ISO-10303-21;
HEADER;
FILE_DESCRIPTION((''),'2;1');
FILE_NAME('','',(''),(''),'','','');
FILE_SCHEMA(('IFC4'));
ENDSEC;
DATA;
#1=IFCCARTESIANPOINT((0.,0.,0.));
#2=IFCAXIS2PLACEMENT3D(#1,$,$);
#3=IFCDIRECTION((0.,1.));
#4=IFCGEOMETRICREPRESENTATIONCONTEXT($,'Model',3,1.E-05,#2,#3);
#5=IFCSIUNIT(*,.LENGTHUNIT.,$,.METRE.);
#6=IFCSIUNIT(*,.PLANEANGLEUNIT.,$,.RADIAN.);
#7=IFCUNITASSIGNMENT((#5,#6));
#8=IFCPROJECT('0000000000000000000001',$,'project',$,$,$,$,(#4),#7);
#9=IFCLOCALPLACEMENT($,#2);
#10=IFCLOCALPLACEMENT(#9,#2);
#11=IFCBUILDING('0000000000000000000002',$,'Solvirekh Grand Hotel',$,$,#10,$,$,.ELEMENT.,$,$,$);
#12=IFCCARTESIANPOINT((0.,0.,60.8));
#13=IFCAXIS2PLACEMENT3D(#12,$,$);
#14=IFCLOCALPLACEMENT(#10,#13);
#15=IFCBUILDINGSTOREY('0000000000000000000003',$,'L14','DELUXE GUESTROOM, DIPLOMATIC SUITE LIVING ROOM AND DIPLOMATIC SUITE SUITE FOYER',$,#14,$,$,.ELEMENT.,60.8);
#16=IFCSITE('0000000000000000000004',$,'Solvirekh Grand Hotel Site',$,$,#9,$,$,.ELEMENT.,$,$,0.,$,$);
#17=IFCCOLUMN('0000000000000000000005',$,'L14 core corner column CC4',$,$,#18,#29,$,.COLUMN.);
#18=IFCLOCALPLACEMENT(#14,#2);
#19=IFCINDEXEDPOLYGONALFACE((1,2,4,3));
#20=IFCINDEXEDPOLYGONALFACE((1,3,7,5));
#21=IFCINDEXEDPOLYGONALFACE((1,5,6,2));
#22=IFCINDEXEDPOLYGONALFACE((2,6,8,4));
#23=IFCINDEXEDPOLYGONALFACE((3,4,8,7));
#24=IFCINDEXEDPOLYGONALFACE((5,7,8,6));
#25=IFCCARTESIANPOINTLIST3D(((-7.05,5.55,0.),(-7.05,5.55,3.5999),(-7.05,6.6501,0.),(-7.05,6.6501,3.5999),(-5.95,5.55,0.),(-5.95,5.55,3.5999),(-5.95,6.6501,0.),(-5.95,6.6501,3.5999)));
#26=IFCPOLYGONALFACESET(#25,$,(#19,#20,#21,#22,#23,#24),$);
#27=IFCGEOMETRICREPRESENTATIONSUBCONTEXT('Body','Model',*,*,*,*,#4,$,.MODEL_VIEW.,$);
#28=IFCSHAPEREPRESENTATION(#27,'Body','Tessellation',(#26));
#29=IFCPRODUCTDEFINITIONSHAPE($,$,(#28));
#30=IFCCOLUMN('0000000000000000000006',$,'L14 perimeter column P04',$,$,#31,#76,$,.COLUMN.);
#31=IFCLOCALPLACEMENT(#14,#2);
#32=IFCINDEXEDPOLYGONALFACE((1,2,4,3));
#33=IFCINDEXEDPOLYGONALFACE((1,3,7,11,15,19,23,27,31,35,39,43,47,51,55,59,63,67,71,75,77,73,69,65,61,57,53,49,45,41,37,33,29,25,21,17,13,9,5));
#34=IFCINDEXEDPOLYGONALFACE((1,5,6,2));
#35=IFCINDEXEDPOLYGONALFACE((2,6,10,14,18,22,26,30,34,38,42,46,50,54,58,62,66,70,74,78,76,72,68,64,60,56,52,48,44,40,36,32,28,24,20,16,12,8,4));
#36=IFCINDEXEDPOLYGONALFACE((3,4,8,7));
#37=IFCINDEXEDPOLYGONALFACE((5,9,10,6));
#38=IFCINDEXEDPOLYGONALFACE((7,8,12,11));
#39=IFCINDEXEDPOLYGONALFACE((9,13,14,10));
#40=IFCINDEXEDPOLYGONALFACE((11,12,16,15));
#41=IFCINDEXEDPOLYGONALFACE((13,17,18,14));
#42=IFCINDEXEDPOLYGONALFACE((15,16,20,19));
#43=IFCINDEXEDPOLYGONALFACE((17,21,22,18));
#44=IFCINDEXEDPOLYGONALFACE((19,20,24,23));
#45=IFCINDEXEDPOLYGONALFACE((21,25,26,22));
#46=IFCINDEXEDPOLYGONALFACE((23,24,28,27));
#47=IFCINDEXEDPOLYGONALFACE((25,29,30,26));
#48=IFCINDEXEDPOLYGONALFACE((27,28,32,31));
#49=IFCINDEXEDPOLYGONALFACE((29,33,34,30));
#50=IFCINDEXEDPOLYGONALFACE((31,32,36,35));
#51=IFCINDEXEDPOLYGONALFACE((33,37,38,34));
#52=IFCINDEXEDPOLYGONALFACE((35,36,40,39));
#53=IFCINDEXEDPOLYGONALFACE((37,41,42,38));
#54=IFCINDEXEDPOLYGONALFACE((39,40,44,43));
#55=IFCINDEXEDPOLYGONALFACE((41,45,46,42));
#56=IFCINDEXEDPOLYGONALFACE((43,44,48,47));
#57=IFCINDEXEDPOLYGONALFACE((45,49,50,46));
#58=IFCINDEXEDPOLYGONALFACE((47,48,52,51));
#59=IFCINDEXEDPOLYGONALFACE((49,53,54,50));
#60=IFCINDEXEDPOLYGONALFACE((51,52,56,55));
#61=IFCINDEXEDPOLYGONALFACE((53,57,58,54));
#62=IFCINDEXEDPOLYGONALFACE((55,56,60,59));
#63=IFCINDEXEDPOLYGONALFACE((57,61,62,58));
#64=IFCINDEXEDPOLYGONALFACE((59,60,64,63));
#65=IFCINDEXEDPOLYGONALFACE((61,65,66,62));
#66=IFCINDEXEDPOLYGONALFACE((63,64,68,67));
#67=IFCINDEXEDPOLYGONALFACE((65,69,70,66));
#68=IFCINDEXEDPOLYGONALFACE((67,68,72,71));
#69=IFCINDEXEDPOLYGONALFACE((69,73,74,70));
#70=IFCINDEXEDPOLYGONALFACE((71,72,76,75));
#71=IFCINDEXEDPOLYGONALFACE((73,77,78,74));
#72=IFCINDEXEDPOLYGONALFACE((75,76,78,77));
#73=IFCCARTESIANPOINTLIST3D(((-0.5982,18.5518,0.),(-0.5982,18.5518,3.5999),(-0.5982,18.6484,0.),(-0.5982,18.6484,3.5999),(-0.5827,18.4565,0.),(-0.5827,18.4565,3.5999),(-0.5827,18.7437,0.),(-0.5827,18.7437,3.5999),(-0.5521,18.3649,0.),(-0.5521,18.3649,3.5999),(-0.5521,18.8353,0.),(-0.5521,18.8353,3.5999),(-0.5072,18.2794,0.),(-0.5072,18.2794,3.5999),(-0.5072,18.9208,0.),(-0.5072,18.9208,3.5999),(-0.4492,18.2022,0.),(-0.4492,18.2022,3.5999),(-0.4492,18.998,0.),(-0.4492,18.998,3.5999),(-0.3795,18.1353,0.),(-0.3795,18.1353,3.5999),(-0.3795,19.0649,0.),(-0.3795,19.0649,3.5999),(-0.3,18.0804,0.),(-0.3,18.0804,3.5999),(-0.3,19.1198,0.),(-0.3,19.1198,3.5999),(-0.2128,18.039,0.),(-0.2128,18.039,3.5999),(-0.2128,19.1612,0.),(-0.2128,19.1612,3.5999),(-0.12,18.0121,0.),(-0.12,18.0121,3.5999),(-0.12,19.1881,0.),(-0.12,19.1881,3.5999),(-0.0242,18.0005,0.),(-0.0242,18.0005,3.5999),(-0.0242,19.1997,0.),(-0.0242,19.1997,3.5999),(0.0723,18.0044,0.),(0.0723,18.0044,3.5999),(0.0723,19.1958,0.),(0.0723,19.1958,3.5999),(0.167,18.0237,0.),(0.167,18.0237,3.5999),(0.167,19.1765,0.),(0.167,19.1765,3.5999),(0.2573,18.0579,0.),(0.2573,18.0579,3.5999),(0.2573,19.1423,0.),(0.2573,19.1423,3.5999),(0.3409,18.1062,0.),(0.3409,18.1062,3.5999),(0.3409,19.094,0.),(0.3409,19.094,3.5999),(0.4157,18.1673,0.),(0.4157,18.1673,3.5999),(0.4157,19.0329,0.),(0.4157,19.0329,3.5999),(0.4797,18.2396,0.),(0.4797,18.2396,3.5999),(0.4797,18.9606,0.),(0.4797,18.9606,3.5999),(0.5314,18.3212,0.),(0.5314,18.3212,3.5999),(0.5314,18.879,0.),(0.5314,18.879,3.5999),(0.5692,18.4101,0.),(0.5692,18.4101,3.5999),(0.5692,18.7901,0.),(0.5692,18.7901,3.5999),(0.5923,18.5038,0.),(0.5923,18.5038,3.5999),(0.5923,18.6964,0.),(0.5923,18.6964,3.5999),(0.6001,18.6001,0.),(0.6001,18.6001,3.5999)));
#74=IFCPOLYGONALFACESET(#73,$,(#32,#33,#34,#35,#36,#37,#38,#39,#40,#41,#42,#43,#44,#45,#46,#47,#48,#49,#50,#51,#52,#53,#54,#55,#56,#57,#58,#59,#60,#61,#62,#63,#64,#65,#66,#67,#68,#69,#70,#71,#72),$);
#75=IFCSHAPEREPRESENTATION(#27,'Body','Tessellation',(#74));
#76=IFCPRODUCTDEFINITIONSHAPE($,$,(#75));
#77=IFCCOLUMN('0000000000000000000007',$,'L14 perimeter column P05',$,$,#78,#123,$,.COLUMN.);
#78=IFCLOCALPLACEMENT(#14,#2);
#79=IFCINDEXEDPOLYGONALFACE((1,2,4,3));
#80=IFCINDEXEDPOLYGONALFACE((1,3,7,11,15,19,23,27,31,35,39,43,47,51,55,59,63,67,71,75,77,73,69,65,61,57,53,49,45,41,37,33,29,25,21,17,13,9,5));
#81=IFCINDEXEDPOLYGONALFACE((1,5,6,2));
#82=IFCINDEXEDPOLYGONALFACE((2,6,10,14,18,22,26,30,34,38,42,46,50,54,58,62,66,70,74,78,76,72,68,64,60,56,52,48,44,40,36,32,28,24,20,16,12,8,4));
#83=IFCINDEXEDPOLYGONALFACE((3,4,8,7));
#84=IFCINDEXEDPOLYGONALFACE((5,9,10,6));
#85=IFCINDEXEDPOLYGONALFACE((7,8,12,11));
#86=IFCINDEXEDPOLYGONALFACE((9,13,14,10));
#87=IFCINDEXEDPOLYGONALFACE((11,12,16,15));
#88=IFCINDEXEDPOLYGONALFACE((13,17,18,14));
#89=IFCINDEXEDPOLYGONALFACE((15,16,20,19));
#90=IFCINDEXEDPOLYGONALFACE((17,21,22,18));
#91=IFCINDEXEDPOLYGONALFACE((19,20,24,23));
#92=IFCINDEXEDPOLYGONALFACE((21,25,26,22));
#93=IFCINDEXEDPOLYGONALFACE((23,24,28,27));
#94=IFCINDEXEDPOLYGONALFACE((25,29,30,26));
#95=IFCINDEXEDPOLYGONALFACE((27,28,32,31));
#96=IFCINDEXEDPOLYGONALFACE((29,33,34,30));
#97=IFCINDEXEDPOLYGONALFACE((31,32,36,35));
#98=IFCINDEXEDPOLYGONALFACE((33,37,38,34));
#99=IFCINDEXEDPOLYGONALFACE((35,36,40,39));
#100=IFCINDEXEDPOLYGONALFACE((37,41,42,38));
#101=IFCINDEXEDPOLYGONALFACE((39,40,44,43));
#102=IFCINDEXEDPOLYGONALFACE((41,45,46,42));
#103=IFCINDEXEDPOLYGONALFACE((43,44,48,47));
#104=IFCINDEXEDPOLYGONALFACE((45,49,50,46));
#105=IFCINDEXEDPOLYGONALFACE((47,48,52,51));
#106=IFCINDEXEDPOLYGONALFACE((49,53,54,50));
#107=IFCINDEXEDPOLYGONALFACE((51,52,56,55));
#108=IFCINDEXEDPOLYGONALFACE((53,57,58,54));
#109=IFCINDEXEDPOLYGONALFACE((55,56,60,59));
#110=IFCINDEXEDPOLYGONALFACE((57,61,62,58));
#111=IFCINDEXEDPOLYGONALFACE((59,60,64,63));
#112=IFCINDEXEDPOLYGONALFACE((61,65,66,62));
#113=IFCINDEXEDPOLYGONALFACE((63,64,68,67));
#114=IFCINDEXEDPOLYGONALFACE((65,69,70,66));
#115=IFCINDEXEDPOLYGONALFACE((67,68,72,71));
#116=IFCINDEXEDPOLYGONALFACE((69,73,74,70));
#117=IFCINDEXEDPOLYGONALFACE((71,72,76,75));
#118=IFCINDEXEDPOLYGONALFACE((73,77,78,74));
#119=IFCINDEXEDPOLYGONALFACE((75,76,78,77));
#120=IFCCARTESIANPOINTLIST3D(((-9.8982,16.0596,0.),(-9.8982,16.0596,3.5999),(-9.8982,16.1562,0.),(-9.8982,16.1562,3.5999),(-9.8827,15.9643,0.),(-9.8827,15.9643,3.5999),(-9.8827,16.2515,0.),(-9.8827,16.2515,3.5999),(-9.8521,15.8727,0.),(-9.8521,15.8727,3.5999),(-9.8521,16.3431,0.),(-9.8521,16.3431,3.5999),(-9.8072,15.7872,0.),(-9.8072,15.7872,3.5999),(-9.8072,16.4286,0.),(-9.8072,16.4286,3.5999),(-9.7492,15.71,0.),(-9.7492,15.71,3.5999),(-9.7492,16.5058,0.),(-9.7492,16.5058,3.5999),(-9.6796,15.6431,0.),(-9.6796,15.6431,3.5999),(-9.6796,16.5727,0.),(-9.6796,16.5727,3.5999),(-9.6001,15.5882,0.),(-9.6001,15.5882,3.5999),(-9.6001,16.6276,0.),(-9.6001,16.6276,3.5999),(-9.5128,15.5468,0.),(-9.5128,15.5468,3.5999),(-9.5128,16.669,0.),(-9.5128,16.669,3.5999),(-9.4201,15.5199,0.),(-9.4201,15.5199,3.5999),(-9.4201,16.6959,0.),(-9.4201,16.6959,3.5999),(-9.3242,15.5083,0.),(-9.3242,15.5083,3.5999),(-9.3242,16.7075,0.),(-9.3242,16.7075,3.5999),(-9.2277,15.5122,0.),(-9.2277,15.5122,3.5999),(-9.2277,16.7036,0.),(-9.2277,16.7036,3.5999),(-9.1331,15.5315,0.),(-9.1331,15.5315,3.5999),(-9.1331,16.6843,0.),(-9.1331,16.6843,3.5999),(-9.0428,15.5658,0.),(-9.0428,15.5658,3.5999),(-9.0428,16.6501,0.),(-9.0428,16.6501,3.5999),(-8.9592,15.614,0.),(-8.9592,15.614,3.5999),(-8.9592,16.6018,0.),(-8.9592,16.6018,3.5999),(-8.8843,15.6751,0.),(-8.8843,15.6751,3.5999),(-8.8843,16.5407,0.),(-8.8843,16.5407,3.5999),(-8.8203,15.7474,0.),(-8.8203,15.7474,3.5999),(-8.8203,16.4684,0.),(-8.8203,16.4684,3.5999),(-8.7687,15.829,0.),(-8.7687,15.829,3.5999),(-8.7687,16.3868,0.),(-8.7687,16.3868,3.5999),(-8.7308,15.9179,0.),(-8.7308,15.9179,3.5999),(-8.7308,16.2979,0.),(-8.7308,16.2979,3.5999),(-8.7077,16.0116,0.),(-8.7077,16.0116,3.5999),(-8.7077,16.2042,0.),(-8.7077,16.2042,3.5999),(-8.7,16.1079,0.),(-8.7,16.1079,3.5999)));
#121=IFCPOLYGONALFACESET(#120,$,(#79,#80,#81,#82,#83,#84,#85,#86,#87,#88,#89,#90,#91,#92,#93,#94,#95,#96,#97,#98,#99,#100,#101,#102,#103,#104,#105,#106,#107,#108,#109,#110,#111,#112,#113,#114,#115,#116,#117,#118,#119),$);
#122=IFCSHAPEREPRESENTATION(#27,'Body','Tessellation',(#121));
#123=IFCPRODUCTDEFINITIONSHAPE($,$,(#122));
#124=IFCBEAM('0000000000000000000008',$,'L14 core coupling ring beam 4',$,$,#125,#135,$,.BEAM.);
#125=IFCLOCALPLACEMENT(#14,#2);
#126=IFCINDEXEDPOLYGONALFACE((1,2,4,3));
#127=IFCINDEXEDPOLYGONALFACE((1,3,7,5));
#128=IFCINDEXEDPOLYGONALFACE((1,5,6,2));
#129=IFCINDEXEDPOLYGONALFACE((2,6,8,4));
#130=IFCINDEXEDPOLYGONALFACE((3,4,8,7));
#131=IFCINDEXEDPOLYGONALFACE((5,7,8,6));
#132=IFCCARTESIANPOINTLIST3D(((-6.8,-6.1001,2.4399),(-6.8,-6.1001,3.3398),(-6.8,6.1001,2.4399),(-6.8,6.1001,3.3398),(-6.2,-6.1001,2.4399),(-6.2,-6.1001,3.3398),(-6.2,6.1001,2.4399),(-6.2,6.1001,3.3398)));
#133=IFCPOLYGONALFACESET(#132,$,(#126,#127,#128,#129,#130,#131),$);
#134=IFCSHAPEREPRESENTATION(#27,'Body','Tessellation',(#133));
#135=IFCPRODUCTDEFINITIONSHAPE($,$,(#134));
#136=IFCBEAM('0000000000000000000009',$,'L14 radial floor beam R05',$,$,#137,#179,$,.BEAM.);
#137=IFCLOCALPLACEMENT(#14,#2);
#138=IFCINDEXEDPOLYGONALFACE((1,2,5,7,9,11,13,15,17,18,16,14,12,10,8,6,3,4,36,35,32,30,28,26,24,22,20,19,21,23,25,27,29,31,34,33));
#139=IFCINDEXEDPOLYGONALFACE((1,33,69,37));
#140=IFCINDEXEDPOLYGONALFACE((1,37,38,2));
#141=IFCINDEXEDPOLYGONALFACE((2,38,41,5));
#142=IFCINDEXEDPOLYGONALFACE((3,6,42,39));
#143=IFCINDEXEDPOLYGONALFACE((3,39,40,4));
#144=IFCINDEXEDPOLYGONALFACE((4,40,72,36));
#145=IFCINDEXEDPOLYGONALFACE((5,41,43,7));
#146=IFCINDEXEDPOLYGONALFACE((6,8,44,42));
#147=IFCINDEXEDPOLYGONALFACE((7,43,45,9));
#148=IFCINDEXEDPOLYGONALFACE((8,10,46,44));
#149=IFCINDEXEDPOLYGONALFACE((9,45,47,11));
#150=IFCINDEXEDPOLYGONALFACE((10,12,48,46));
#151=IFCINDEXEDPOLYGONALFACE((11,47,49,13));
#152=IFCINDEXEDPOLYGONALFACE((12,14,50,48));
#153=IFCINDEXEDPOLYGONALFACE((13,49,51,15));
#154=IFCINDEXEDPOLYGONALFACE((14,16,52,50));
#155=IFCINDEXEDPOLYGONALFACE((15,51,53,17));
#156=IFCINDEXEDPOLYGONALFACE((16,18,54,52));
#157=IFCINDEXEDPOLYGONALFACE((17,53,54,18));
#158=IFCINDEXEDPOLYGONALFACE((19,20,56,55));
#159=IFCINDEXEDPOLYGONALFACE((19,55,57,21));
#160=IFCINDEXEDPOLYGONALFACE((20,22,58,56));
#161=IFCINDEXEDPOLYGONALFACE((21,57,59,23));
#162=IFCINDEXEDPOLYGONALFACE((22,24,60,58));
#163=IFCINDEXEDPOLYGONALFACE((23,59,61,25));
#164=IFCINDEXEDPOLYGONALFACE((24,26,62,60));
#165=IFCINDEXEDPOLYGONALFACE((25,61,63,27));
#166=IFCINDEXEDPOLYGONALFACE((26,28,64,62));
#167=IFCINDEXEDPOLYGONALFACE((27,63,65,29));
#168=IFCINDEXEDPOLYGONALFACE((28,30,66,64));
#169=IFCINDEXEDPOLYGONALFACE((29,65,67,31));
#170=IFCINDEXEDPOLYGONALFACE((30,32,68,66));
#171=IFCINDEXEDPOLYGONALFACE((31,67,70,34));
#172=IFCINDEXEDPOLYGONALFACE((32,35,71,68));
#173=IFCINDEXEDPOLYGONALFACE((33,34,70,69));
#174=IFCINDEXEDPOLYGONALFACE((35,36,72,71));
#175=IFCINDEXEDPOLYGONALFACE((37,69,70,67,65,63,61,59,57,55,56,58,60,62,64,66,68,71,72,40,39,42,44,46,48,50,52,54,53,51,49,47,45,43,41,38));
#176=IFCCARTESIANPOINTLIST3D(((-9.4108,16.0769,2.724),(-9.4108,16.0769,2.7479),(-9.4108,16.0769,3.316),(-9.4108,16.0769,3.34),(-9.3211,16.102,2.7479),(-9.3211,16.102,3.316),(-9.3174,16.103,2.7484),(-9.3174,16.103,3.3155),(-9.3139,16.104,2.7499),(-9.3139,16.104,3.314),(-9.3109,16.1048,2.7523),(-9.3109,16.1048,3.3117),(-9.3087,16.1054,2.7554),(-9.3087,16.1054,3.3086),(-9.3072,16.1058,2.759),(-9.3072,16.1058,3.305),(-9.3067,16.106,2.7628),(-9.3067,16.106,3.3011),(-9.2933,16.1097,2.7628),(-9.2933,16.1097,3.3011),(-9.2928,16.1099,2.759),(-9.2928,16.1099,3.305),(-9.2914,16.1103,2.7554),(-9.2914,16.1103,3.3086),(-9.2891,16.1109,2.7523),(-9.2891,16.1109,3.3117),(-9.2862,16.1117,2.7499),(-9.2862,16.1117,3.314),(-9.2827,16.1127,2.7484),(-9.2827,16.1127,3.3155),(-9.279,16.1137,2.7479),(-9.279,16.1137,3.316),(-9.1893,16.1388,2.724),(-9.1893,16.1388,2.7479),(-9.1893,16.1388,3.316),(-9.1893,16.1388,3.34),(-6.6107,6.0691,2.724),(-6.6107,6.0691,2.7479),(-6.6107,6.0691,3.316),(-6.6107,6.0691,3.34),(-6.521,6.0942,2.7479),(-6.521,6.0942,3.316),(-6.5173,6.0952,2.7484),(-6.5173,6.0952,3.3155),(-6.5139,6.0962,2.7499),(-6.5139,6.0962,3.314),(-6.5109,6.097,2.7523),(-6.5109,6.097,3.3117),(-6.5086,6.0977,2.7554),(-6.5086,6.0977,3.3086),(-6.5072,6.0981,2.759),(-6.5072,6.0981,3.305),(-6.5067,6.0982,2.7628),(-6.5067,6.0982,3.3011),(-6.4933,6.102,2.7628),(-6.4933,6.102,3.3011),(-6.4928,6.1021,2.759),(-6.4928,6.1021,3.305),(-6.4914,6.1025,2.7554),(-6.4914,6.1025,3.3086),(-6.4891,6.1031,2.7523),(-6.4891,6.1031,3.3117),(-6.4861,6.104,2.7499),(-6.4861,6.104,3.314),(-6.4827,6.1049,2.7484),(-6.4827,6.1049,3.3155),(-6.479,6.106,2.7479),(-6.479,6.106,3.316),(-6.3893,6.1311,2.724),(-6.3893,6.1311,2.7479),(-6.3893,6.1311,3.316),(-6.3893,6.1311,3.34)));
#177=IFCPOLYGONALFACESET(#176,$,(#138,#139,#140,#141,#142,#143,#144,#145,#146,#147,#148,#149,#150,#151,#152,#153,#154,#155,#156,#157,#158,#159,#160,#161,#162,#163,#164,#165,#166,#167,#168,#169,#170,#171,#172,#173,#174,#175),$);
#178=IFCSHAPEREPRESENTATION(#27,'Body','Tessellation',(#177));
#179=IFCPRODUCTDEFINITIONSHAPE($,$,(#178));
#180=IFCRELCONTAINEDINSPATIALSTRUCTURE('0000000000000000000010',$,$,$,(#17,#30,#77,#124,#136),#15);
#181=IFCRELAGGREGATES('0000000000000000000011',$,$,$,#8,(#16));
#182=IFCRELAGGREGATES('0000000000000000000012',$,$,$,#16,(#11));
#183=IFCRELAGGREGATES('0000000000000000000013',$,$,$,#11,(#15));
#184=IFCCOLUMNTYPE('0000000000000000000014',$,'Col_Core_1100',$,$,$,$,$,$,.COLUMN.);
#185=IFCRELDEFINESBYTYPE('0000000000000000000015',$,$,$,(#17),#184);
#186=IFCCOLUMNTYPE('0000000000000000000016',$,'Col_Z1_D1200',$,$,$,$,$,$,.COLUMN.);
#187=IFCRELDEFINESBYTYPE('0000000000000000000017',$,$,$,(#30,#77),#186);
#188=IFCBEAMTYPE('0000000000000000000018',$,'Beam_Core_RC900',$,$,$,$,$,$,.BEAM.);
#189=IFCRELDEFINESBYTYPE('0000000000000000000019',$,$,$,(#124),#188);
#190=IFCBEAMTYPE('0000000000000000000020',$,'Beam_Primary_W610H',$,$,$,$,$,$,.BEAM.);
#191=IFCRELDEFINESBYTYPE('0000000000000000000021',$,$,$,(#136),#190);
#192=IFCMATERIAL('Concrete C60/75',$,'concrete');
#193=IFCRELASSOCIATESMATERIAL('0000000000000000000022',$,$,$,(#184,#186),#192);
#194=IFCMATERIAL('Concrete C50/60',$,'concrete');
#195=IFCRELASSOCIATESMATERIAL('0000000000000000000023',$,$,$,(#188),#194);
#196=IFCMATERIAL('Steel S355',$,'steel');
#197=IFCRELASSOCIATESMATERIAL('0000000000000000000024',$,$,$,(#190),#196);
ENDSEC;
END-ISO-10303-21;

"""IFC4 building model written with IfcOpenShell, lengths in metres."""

from ifc_helpers import new_model, si_unit, direction, frame, origin, origin_2d, place, context, subcontext, project, spatial, rectangle, circle, i_section, extrude, material, material_profile, profile_set, type_object, element, save


model = new_model("IFC4")

# Units and contexts
model_context = context("Model", 3, precision=1e-05, world=origin(), true_north=direction((0.0, 1.0)))
body_context = subcontext(model_context, "Body", "Model", "MODEL_VIEW")
ifc_project = project(units=[si_unit("LENGTHUNIT", "METRE"), si_unit("PLANEANGLEUNIT", "RADIAN")], contexts=[model_context])

# Site, building, storey
site_placement = place(None, origin())
site = spatial("IfcSite", under=ifc_project, at=site_placement, Name="Solvirekh Grand Hotel Site", CompositionType="ELEMENT", RefElevation=0.0)
building_placement = place(site_placement, origin())
building = spatial("IfcBuilding", under=site, at=building_placement, Name="Solvirekh Grand Hotel", CompositionType="ELEMENT")
storey_placement = place(building_placement, frame((0.0, 0.0, 60.8)))
storey = spatial("IfcBuildingStorey", under=building, at=storey_placement, Name="L14", Description="DELUXE GUESTROOM, DIPLOMATIC SUITE LIVING ROOM AND DIPLOMATIC SUITE SUITE FOYER", CompositionType="ELEMENT", Elevation=60.8)

# Columns
ifc_material_1 = material(Name="Concrete C60/75", Category="concrete")
ifc_material_profile_1 = material_profile(ifc_material_1, rectangle(XDim=1.1001, YDim=1.1001, at=origin_2d()), Name="RC 1100X1100")
ifc_profile_set_1 = profile_set([ifc_material_profile_1], Name="Concrete C60/75")
column_type_1 = type_object("IfcColumnType", Name="Col_Core_1100", PredefinedType="COLUMN", material=ifc_profile_set_1)
column_placement = place(storey_placement, frame((-6.5, 6.1001, 0.0), z_axis=(0.0, 0.0, 1.0), x_axis=(1.0, 0.0, 0.0)))
element("IfcColumn", 1, at=column_placement, inside=storey, type_object=column_type_1, Name="L14 core corner column CC4", PredefinedType="COLUMN", context=body_context, shape_type="SweptSolid", body=[
    extrude(rectangle(XDim=1.1001, YDim=1.1001, at=origin_2d()), origin(), (0.0, 0.0, 1.0), 3.5999),
])
ifc_material_profile_2 = material_profile(ifc_material_1, circle(Radius=0.6001, at=origin_2d()), Name="RC CIRC D1200")
ifc_profile_set_2 = profile_set([ifc_material_profile_2], Name="Concrete C60/75")
column_type_2 = type_object("IfcColumnType", Name="Col_Z1_D1200", PredefinedType="COLUMN", material=ifc_profile_set_2)
for number, where, z_axis, x_axis, name in (
    (2, (0.0, 18.6001, 0.0), (0.0, 0.0, 1.0), (1.0, 0.0, 0.0), "L14 perimeter column P04"),
    (3, (-9.3, 16.1079, 0.0), (0.0, 0.0, 1.0), (1.0, 0.0, 0.0), "L14 perimeter column P05"),
):
    element("IfcColumn", number, at=place(storey_placement, frame(where, z_axis=z_axis, x_axis=x_axis)), inside=storey, type_object=column_type_2, Name=name, PredefinedType="COLUMN", context=body_context, shape_type="SweptSolid", body=[
        extrude(circle(Radius=0.6001, at=origin_2d()), origin(), (0.0, 0.0, 1.0), 3.5999),
    ])

# Beams
ifc_material_2 = material(Name="Concrete C50/60", Category="concrete")
ifc_material_profile_3 = material_profile(ifc_material_2, rectangle(XDim=0.6001, YDim=0.8999, at=origin_2d()), Name="RC BEAM 600X900")
ifc_profile_set_3 = profile_set([ifc_material_profile_3], Name="Concrete C50/60")
beam_type_1 = type_object("IfcBeamType", Name="Beam_Core_RC900", PredefinedType="BEAM", material=ifc_profile_set_3)
beam_1_placement = place(storey_placement, frame((-6.5, 6.1001, 2.8899), z_axis=(0.0, -1.0, 0.0), x_axis=(1.0, 0.0, 0.0)))
element("IfcBeam", 4, at=beam_1_placement, inside=storey, type_object=beam_type_1, Name="L14 core coupling ring beam 4", PredefinedType="BEAM", context=body_context, shape_type="SweptSolid", body=[
    extrude(rectangle(XDim=0.6001, YDim=0.8999, at=origin_2d()), origin(), (0.0, 0.0, 1.0), 12.2002),
])
ifc_material_3 = material(Name="Steel S355", Category="steel")
ifc_material_profile_4 = material_profile(ifc_material_3, i_section(OverallWidth=0.23, OverallDepth=0.616, WebThickness=0.0139, FlangeThickness=0.0239, FilletRadius=0.0149, at=origin_2d()), Name="W610X174")
ifc_profile_set_4 = profile_set([ifc_material_profile_4], Name="Steel S355")
beam_type_2 = type_object("IfcBeamType", Name="Beam_Primary_W610H", PredefinedType="BEAM", material=ifc_profile_set_4)
beam_2_placement = place(storey_placement, frame((-6.5, 6.1001, 3.032), z_axis=(-0.269439, 0.963017, 0.0), x_axis=(-0.963017, -0.269439, 0.0)))
element("IfcBeam", 5, at=beam_2_placement, inside=storey, type_object=beam_type_2, Name="L14 radial floor beam R05", PredefinedType="BEAM", context=body_context, shape_type="SweptSolid", body=[
    extrude(i_section(OverallWidth=0.23, OverallDepth=0.616, WebThickness=0.0139, FlangeThickness=0.0239, FilletRadius=0.0149, at=origin_2d()), origin(), (0.0, 0.0, 1.0), 10.3921),
])

save(model, "model.ifc")
